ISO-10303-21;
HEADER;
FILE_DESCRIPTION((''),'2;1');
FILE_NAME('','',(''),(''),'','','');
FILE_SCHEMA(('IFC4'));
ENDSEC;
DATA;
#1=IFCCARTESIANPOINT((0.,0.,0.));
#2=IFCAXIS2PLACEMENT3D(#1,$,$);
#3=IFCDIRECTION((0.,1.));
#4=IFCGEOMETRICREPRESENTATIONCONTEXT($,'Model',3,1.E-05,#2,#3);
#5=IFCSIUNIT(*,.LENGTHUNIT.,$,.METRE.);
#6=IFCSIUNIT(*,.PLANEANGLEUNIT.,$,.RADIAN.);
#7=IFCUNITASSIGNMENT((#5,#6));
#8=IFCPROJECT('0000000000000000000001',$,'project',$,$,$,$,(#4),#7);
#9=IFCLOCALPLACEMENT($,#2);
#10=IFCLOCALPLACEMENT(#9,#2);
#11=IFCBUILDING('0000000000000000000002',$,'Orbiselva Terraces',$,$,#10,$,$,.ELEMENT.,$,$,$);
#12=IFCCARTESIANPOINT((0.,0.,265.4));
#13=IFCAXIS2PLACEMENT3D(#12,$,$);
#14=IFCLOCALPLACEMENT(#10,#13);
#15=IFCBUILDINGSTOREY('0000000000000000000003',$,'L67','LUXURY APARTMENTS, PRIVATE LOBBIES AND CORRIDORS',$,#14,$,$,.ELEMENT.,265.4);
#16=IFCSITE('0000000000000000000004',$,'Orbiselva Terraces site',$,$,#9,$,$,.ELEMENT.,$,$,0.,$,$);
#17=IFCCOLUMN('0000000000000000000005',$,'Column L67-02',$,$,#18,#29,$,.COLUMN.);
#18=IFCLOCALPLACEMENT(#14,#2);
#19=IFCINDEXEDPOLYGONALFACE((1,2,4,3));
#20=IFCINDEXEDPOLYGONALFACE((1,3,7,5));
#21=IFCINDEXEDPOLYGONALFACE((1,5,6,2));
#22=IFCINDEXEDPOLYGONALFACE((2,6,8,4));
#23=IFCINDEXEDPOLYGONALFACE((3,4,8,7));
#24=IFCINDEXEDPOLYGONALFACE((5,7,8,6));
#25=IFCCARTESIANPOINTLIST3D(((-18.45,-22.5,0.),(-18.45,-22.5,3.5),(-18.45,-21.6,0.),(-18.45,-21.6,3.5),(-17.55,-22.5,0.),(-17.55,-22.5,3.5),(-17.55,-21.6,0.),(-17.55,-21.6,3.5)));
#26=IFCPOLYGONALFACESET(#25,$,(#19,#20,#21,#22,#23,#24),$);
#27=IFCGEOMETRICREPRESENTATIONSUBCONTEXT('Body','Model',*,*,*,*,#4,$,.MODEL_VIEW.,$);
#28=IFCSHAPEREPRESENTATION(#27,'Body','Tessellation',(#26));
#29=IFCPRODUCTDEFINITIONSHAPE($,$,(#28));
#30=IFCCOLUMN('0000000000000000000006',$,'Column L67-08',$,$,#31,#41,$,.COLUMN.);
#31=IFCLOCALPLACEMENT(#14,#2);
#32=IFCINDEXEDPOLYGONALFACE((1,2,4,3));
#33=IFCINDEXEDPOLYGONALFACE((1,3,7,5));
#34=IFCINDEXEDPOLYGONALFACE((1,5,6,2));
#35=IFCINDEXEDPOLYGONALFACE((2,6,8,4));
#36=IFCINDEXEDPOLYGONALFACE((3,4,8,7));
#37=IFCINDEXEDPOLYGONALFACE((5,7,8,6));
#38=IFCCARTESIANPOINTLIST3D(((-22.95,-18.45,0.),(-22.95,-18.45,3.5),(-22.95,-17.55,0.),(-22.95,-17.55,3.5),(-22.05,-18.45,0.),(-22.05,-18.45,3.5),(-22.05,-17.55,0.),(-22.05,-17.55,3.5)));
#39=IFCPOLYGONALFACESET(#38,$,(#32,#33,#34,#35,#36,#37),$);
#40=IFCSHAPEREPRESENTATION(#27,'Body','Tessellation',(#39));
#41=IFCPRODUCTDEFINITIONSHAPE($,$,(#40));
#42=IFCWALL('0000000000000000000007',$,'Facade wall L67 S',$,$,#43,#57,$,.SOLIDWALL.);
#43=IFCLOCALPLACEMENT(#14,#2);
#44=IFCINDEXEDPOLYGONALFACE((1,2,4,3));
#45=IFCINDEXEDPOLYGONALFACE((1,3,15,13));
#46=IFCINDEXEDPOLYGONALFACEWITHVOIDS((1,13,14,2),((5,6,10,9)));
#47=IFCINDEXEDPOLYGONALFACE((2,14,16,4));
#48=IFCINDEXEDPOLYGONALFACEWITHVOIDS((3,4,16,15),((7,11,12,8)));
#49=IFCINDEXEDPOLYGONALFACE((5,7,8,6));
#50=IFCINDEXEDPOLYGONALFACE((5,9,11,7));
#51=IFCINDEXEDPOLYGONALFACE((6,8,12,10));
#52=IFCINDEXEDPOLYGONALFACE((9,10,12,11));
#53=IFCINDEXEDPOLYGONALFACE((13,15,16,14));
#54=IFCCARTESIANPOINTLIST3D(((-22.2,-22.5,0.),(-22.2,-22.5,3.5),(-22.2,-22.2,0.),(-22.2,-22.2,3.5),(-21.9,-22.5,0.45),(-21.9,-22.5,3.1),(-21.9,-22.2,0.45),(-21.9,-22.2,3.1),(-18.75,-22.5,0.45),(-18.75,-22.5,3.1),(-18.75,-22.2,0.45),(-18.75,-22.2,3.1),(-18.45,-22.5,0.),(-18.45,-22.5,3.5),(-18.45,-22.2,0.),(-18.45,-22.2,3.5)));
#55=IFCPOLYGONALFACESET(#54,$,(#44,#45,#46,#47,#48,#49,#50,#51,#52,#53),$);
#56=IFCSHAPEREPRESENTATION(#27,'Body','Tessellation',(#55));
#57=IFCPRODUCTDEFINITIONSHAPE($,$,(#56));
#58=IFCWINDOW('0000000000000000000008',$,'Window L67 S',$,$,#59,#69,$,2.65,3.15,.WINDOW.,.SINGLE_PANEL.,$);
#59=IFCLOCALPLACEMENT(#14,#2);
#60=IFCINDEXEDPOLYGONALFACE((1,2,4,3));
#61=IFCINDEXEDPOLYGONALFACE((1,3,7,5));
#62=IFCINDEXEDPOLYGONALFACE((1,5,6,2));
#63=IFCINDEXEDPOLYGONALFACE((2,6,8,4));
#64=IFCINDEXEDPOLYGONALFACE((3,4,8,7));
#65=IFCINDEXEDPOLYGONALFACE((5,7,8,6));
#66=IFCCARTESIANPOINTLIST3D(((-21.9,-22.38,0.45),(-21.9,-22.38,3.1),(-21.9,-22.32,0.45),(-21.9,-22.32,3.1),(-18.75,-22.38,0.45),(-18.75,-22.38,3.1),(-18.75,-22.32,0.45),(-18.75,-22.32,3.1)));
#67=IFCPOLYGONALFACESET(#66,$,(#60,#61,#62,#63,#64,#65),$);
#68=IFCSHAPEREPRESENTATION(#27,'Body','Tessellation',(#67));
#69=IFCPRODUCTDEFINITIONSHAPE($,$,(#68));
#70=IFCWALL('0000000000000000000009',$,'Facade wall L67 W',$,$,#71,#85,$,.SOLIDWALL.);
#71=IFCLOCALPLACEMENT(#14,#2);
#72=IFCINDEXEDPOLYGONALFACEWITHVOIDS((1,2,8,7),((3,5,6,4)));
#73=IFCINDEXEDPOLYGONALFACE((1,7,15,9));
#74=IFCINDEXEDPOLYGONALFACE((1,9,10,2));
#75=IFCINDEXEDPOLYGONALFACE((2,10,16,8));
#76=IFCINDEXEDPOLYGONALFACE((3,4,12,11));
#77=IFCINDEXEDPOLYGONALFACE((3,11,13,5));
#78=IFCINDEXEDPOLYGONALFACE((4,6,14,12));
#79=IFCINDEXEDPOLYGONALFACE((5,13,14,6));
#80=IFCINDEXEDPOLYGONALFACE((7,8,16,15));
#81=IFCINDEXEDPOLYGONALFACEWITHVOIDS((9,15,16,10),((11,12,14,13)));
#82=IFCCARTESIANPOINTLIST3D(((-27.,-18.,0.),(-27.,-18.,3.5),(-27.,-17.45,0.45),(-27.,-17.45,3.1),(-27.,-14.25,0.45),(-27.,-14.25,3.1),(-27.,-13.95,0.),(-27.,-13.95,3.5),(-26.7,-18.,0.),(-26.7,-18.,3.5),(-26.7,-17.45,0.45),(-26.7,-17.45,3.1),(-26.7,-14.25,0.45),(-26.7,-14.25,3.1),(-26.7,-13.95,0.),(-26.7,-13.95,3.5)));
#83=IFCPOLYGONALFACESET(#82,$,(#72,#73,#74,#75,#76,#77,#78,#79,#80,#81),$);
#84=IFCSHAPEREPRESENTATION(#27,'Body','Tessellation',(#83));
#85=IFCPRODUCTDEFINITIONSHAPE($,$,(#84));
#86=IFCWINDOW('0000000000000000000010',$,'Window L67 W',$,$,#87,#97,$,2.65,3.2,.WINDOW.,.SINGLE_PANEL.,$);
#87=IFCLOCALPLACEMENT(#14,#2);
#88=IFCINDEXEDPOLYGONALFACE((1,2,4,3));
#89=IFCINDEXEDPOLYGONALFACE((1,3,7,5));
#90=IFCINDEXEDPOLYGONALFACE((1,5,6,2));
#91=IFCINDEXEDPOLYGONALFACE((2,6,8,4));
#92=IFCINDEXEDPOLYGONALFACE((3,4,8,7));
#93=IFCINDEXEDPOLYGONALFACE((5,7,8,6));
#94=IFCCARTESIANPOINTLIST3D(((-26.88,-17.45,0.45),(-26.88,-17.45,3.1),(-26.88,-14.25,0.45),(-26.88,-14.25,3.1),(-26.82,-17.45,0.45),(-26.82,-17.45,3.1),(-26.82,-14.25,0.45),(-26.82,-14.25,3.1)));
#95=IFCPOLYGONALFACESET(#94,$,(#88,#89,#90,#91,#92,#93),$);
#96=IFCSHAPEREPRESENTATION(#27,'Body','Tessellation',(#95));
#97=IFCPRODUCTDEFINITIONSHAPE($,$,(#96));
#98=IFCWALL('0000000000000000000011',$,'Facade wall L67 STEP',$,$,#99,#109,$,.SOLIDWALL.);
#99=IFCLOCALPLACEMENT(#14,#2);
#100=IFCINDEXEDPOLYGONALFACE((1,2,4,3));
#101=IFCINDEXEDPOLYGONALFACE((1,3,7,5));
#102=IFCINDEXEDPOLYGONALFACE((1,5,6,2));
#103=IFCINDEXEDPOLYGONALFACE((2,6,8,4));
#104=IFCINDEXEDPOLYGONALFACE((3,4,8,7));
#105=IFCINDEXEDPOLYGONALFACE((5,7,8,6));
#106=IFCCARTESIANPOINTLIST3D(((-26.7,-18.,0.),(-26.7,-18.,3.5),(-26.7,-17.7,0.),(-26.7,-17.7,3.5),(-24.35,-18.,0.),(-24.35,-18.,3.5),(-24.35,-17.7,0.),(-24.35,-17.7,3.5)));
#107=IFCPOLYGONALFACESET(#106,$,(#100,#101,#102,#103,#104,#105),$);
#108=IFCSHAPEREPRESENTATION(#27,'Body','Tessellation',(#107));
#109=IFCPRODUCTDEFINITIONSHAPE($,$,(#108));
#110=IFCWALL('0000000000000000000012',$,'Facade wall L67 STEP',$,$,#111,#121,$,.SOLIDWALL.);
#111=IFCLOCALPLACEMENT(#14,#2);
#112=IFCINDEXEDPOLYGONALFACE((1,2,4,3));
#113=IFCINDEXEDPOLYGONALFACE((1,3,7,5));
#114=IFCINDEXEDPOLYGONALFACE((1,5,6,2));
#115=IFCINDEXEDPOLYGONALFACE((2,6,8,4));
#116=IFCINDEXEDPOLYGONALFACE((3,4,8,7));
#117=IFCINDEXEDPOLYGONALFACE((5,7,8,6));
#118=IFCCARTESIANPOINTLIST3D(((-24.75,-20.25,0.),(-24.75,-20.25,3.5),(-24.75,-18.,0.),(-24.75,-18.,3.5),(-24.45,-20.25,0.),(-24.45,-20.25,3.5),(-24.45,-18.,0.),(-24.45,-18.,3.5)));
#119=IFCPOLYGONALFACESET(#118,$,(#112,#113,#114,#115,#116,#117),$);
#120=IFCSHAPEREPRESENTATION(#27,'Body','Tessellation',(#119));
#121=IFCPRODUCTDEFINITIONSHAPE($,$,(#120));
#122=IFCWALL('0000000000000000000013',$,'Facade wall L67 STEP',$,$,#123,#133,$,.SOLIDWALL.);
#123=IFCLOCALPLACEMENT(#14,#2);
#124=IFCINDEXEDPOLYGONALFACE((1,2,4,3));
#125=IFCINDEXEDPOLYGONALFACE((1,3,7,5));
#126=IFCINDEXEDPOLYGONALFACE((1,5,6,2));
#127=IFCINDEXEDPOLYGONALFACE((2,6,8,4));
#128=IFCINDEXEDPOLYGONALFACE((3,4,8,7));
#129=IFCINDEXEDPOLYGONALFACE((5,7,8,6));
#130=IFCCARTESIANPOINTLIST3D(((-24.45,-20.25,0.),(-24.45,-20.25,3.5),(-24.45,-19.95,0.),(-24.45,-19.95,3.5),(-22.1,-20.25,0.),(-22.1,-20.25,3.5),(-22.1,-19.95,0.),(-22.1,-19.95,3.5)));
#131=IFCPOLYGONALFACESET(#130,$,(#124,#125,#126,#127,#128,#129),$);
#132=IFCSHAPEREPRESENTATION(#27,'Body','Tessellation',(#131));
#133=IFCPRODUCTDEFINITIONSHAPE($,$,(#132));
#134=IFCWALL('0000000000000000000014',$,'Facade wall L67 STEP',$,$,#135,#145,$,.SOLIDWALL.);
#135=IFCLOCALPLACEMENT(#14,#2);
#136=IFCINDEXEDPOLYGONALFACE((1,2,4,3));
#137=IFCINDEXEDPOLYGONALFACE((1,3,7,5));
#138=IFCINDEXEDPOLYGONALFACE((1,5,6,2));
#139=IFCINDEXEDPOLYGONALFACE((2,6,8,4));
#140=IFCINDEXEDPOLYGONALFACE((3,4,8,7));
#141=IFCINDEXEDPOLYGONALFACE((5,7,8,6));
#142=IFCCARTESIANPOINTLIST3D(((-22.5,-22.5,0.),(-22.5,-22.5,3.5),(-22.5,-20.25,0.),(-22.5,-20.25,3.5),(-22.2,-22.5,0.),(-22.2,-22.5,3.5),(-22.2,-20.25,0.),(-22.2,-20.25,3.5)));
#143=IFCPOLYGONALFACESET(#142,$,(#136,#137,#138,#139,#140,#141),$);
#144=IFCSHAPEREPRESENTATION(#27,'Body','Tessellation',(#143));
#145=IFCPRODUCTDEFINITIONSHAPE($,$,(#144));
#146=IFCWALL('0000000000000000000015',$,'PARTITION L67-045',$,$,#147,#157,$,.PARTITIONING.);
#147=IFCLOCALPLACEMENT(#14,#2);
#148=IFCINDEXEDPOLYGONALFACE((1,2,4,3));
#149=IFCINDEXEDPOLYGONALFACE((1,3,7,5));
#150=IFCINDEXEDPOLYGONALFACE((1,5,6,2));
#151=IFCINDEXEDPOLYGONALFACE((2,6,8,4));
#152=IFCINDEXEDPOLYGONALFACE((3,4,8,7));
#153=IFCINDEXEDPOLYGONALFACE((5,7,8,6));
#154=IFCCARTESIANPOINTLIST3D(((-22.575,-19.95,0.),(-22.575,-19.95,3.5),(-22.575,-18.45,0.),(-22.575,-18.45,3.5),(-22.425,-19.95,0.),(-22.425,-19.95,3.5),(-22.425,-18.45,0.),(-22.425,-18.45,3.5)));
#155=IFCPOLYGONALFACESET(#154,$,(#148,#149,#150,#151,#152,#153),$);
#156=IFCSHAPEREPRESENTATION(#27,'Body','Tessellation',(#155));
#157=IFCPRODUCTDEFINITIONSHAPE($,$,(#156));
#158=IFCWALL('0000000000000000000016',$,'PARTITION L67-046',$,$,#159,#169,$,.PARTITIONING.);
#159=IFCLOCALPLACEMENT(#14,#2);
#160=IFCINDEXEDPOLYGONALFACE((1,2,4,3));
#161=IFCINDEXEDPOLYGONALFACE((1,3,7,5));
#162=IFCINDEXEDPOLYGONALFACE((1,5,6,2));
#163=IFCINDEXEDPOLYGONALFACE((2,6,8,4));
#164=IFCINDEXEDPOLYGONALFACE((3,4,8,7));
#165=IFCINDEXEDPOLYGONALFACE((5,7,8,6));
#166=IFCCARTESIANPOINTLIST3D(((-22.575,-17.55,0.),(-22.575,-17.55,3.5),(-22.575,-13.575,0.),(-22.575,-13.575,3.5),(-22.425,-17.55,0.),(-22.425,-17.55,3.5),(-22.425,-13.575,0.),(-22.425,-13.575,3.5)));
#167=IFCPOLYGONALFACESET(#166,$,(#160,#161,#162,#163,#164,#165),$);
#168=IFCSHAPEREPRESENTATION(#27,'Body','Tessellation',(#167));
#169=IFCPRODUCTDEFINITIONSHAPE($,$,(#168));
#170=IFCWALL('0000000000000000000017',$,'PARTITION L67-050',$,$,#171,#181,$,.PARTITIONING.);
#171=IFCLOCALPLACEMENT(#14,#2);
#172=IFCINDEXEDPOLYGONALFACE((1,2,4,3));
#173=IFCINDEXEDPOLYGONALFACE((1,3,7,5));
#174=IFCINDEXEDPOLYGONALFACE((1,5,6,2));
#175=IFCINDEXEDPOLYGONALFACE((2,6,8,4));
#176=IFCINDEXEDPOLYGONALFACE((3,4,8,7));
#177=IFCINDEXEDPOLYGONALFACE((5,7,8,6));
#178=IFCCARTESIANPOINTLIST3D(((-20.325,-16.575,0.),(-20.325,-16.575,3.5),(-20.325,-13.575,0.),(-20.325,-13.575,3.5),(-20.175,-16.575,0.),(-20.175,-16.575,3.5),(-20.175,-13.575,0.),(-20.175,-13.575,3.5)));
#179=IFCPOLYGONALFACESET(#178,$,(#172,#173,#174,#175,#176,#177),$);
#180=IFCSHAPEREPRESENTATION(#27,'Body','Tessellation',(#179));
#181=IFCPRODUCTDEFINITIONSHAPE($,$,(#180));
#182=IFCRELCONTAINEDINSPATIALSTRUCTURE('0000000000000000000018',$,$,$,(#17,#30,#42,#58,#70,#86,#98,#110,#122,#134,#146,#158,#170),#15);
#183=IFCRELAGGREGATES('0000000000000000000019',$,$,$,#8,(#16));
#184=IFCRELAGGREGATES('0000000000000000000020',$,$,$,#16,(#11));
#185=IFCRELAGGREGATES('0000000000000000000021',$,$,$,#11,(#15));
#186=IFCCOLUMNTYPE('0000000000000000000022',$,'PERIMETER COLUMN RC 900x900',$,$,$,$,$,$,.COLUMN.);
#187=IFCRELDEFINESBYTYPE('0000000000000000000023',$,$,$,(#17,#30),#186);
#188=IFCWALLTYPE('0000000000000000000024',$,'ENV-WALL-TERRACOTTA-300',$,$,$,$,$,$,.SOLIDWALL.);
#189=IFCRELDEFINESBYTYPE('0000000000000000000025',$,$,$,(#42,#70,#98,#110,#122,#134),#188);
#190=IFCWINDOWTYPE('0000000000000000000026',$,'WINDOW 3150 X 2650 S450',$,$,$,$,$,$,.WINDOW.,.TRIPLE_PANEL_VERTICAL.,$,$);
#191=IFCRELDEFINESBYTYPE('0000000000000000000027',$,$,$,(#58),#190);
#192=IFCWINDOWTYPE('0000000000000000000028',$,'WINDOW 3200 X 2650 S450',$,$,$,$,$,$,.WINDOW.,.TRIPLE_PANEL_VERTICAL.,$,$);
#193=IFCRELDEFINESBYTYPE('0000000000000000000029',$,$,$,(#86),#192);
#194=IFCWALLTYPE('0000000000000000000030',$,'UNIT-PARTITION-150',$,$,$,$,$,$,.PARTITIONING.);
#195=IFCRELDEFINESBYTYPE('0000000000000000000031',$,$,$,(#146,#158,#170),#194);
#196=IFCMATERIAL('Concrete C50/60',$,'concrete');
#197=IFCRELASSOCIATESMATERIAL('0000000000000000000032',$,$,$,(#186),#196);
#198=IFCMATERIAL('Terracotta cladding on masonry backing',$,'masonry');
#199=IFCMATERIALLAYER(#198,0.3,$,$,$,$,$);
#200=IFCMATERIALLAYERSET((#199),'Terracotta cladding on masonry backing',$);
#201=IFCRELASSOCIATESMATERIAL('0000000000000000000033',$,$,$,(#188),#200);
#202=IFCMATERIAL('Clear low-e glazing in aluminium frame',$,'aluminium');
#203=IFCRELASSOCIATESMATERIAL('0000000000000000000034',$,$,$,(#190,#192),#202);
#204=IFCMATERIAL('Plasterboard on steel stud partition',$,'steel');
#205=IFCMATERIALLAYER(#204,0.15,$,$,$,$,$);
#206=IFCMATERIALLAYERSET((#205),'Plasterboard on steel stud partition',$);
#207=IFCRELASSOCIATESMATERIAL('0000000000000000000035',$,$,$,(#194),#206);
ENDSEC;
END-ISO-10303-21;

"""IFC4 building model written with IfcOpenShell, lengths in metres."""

from ifc_helpers import new_model, si_unit, direction, frame, frame_2d, origin, origin_2d, place, context, subcontext, project, spatial, rectangle, extrude, material, layer, layer_set, material_profile, profile_set, type_object, element, fill, save


model = new_model("IFC4")

# Units and contexts
model_context = context("Model", 3, precision=1e-05, world=origin(), true_north=direction((0.0, 1.0)))
body_context = subcontext(model_context, "Body", "Model", "MODEL_VIEW")
ifc_project = project(units=[si_unit("LENGTHUNIT", "METRE"), si_unit("PLANEANGLEUNIT", "RADIAN")], contexts=[model_context])

# Site, building, storey
site_placement = place(None, origin())
site = spatial("IfcSite", under=ifc_project, at=site_placement, Name="Orbiselva Terraces site", CompositionType="ELEMENT", RefElevation=0.0)
building_placement = place(site_placement, origin())
building = spatial("IfcBuilding", under=site, at=building_placement, Name="Orbiselva Terraces", CompositionType="ELEMENT")
storey_placement = place(building_placement, frame((0.0, 0.0, 265.4)))
storey = spatial("IfcBuildingStorey", under=building, at=storey_placement, Name="L67", Description="LUXURY APARTMENTS, PRIVATE LOBBIES AND CORRIDORS", CompositionType="ELEMENT", Elevation=265.4)

# Columns
ifc_material_1 = material(Name="Concrete C50/60", Category="concrete")
ifc_material_profile = material_profile(ifc_material_1, rectangle(XDim=0.9, YDim=0.9, at=origin_2d()), Name="RC 900x900")
ifc_profile_set = profile_set([ifc_material_profile], Name="Concrete C50/60")
column_type = type_object("IfcColumnType", Name="PERIMETER COLUMN RC 900x900", PredefinedType="COLUMN", material=ifc_profile_set)
for number, where, z_axis, x_axis, name in (
    (1, (-18.0, -22.05, 0.0), (0.0, 0.0, 1.0), (1.0, 0.0, 0.0), "Column L67-02"),
    (2, (-22.5, -18.0, 0.0), (0.0, 0.0, 1.0), (1.0, 0.0, 0.0), "Column L67-08"),
):
    element("IfcColumn", number, at=place(storey_placement, frame(where, z_axis=z_axis, x_axis=x_axis)), inside=storey, type_object=column_type, Name=name, PredefinedType="COLUMN", context=body_context, shape_type="SweptSolid", body=[
        extrude(rectangle(XDim=0.9, YDim=0.9, at=origin_2d()), origin(), (0.0, 0.0, 1.0), 3.5),
    ])

# Walls, openings, windows
ifc_material_2 = material(Name="Terracotta cladding on masonry backing", Category="masonry")
ifc_layer_1 = layer(ifc_material_2, 0.3)
ifc_layer_set_1 = layer_set([ifc_layer_1], Name="Terracotta cladding on masonry backing")
wall_type_1 = type_object("IfcWallType", Name="ENV-WALL-TERRACOTTA-300", PredefinedType="SOLIDWALL", material=ifc_layer_set_1)
wall_1_placement = place(storey_placement, frame((-18.45, -22.35, 0.0), z_axis=(0.0, 0.0, 1.0), x_axis=(-1.0, 0.0, 0.0)))
wall_1 = element("IfcWall", 3, at=wall_1_placement, inside=storey, type_object=wall_type_1, Name="Facade wall L67 S", PredefinedType="SOLIDWALL", context=body_context, shape_type="SweptSolid", body=[
    extrude(rectangle(XDim=3.75, YDim=0.3, at=frame_2d((1.875, 0.0))), origin(), (0.0, 0.0, 1.0), 3.5),
])
opening_1_placement = place(wall_1_placement, frame((0.3, 0.0, 0.45)))
opening_1 = element("IfcOpeningElement", 4, at=opening_1_placement, cuts=wall_1, PredefinedType="OPENING", context=body_context, shape_type="SweptSolid", body=[
    extrude(rectangle(XDim=3.15, YDim=2.65, at=frame_2d((1.575, 1.325))), frame((0.0, 0.16, 0.0), z_axis=(0.0, -1.0, 0.0), x_axis=(1.0, 0.0, 0.0)), (0.0, 0.0, 1.0), 0.32),
])
ifc_material_3 = material(Name="Clear low-e glazing in aluminium frame", Category="aluminium")
window_type_1 = type_object("IfcWindowType", Name="WINDOW 3150 X 2650 S450", PartitioningType="TRIPLE_PANEL_VERTICAL", PredefinedType="WINDOW", material=ifc_material_3)
window_1_placement = place(opening_1_placement, origin())
window_1 = element("IfcWindow", 5, at=window_1_placement, inside=storey, type_object=window_type_1, Name="Window L67 S", OverallHeight=2.65, OverallWidth=3.15, PartitioningType="SINGLE_PANEL", PredefinedType="WINDOW", context=body_context, shape_type="SweptSolid", body=[
    extrude(rectangle(XDim=3.15, YDim=2.65, at=frame_2d((1.575, 1.325))), frame((0.0, 0.03, 0.0), z_axis=(0.0, -1.0, 0.0), x_axis=(1.0, 0.0, 0.0)), (0.0, 0.0, 1.0), 0.06),
])
fill(opening_1, window_1)
wall_2_placement = place(storey_placement, frame((-26.85, -18.0, 0.0), z_axis=(0.0, 0.0, 1.0), x_axis=(0.0, 1.0, 0.0)))
wall_2 = element("IfcWall", 6, at=wall_2_placement, inside=storey, type_object=wall_type_1, Name="Facade wall L67 W", PredefinedType="SOLIDWALL", context=body_context, shape_type="SweptSolid", body=[
    extrude(rectangle(XDim=4.05, YDim=0.3, at=frame_2d((2.025, 0.0))), origin(), (0.0, 0.0, 1.0), 3.5),
])
opening_2_placement = place(wall_2_placement, frame((0.55, 0.0, 0.45)))
opening_2 = element("IfcOpeningElement", 7, at=opening_2_placement, cuts=wall_2, PredefinedType="OPENING", context=body_context, shape_type="SweptSolid", body=[
    extrude(rectangle(XDim=3.2, YDim=2.65, at=frame_2d((1.6, 1.325))), frame((0.0, 0.16, 0.0), z_axis=(0.0, -1.0, 0.0), x_axis=(1.0, 0.0, 0.0)), (0.0, 0.0, 1.0), 0.32),
])
window_type_2 = type_object("IfcWindowType", Name="WINDOW 3200 X 2650 S450", PartitioningType="TRIPLE_PANEL_VERTICAL", PredefinedType="WINDOW", material=ifc_material_3)
window_2_placement = place(opening_2_placement, origin())
window_2 = element("IfcWindow", 8, at=window_2_placement, inside=storey, type_object=window_type_2, Name="Window L67 W", OverallHeight=2.65, OverallWidth=3.2, PartitioningType="SINGLE_PANEL", PredefinedType="WINDOW", context=body_context, shape_type="SweptSolid", body=[
    extrude(rectangle(XDim=3.2, YDim=2.65, at=frame_2d((1.6, 1.325))), frame((0.0, 0.03, 0.0), z_axis=(0.0, -1.0, 0.0), x_axis=(1.0, 0.0, 0.0)), (0.0, 0.0, 1.0), 0.06),
])
fill(opening_2, window_2)

# Walls
wall_3_placement = place(storey_placement, frame((-24.35, -17.85, 0.0), z_axis=(0.0, 0.0, 1.0), x_axis=(-1.0, 0.0, 0.0)))
element("IfcWall", 9, at=wall_3_placement, inside=storey, type_object=wall_type_1, Name="Facade wall L67 STEP", PredefinedType="SOLIDWALL", context=body_context, shape_type="SweptSolid", body=[
    extrude(rectangle(XDim=2.35, YDim=0.3, at=frame_2d((1.175, 0.0))), origin(), (0.0, 0.0, 1.0), 3.5),
])
wall_4_placement = place(storey_placement, frame((-24.6, -20.25, 0.0), z_axis=(0.0, 0.0, 1.0), x_axis=(0.0, 1.0, 0.0)))
element("IfcWall", 10, at=wall_4_placement, inside=storey, type_object=wall_type_1, Name="Facade wall L67 STEP", PredefinedType="SOLIDWALL", context=body_context, shape_type="SweptSolid", body=[
    extrude(rectangle(XDim=2.25, YDim=0.3, at=frame_2d((1.125, 0.0))), origin(), (0.0, 0.0, 1.0), 3.5),
])
wall_5_placement = place(storey_placement, frame((-22.1, -20.1, 0.0), z_axis=(0.0, 0.0, 1.0), x_axis=(-1.0, 0.0, 0.0)))
element("IfcWall", 11, at=wall_5_placement, inside=storey, type_object=wall_type_1, Name="Facade wall L67 STEP", PredefinedType="SOLIDWALL", context=body_context, shape_type="SweptSolid", body=[
    extrude(rectangle(XDim=2.35, YDim=0.3, at=frame_2d((1.175, 0.0))), origin(), (0.0, 0.0, 1.0), 3.5),
])
wall_6_placement = place(storey_placement, frame((-22.35, -22.5, 0.0), z_axis=(0.0, 0.0, 1.0), x_axis=(0.0, 1.0, 0.0)))
element("IfcWall", 12, at=wall_6_placement, inside=storey, type_object=wall_type_1, Name="Facade wall L67 STEP", PredefinedType="SOLIDWALL", context=body_context, shape_type="SweptSolid", body=[
    extrude(rectangle(XDim=2.25, YDim=0.3, at=frame_2d((1.125, 0.0))), origin(), (0.0, 0.0, 1.0), 3.5),
])
ifc_material_4 = material(Name="Plasterboard on steel stud partition", Category="steel")
ifc_layer_2 = layer(ifc_material_4, 0.15)
ifc_layer_set_2 = layer_set([ifc_layer_2], Name="Plasterboard on steel stud partition")
wall_type_2 = type_object("IfcWallType", Name="UNIT-PARTITION-150", PredefinedType="PARTITIONING", material=ifc_layer_set_2)
wall_7_placement = place(storey_placement, frame((-22.5, -19.95, 0.0), z_axis=(0.0, 0.0, 1.0), x_axis=(0.0, 1.0, 0.0)))
element("IfcWall", 13, at=wall_7_placement, inside=storey, type_object=wall_type_2, Name="PARTITION L67-045", PredefinedType="PARTITIONING", context=body_context, shape_type="SweptSolid", body=[
    extrude(rectangle(XDim=1.5, YDim=0.15, at=frame_2d((0.75, 0.0))), origin(), (0.0, 0.0, 1.0), 3.5),
])
wall_8_placement = place(storey_placement, frame((-22.5, -17.55, 0.0), z_axis=(0.0, 0.0, 1.0), x_axis=(0.0, 1.0, 0.0)))
element("IfcWall", 14, at=wall_8_placement, inside=storey, type_object=wall_type_2, Name="PARTITION L67-046", PredefinedType="PARTITIONING", context=body_context, shape_type="SweptSolid", body=[
    extrude(rectangle(XDim=3.975, YDim=0.15, at=frame_2d((1.9875, 0.0))), origin(), (0.0, 0.0, 1.0), 3.5),
])
wall_9_placement = place(storey_placement, frame((-20.25, -16.575, 0.0), z_axis=(0.0, 0.0, 1.0), x_axis=(0.0, 1.0, 0.0)))
element("IfcWall", 15, at=wall_9_placement, inside=storey, type_object=wall_type_2, Name="PARTITION L67-050", PredefinedType="PARTITIONING", context=body_context, shape_type="SweptSolid", body=[
    extrude(rectangle(XDim=3.0, YDim=0.15, at=frame_2d((1.5, 0.0))), origin(), (0.0, 0.0, 1.0), 3.5),
])

save(model, "model.ifc")
